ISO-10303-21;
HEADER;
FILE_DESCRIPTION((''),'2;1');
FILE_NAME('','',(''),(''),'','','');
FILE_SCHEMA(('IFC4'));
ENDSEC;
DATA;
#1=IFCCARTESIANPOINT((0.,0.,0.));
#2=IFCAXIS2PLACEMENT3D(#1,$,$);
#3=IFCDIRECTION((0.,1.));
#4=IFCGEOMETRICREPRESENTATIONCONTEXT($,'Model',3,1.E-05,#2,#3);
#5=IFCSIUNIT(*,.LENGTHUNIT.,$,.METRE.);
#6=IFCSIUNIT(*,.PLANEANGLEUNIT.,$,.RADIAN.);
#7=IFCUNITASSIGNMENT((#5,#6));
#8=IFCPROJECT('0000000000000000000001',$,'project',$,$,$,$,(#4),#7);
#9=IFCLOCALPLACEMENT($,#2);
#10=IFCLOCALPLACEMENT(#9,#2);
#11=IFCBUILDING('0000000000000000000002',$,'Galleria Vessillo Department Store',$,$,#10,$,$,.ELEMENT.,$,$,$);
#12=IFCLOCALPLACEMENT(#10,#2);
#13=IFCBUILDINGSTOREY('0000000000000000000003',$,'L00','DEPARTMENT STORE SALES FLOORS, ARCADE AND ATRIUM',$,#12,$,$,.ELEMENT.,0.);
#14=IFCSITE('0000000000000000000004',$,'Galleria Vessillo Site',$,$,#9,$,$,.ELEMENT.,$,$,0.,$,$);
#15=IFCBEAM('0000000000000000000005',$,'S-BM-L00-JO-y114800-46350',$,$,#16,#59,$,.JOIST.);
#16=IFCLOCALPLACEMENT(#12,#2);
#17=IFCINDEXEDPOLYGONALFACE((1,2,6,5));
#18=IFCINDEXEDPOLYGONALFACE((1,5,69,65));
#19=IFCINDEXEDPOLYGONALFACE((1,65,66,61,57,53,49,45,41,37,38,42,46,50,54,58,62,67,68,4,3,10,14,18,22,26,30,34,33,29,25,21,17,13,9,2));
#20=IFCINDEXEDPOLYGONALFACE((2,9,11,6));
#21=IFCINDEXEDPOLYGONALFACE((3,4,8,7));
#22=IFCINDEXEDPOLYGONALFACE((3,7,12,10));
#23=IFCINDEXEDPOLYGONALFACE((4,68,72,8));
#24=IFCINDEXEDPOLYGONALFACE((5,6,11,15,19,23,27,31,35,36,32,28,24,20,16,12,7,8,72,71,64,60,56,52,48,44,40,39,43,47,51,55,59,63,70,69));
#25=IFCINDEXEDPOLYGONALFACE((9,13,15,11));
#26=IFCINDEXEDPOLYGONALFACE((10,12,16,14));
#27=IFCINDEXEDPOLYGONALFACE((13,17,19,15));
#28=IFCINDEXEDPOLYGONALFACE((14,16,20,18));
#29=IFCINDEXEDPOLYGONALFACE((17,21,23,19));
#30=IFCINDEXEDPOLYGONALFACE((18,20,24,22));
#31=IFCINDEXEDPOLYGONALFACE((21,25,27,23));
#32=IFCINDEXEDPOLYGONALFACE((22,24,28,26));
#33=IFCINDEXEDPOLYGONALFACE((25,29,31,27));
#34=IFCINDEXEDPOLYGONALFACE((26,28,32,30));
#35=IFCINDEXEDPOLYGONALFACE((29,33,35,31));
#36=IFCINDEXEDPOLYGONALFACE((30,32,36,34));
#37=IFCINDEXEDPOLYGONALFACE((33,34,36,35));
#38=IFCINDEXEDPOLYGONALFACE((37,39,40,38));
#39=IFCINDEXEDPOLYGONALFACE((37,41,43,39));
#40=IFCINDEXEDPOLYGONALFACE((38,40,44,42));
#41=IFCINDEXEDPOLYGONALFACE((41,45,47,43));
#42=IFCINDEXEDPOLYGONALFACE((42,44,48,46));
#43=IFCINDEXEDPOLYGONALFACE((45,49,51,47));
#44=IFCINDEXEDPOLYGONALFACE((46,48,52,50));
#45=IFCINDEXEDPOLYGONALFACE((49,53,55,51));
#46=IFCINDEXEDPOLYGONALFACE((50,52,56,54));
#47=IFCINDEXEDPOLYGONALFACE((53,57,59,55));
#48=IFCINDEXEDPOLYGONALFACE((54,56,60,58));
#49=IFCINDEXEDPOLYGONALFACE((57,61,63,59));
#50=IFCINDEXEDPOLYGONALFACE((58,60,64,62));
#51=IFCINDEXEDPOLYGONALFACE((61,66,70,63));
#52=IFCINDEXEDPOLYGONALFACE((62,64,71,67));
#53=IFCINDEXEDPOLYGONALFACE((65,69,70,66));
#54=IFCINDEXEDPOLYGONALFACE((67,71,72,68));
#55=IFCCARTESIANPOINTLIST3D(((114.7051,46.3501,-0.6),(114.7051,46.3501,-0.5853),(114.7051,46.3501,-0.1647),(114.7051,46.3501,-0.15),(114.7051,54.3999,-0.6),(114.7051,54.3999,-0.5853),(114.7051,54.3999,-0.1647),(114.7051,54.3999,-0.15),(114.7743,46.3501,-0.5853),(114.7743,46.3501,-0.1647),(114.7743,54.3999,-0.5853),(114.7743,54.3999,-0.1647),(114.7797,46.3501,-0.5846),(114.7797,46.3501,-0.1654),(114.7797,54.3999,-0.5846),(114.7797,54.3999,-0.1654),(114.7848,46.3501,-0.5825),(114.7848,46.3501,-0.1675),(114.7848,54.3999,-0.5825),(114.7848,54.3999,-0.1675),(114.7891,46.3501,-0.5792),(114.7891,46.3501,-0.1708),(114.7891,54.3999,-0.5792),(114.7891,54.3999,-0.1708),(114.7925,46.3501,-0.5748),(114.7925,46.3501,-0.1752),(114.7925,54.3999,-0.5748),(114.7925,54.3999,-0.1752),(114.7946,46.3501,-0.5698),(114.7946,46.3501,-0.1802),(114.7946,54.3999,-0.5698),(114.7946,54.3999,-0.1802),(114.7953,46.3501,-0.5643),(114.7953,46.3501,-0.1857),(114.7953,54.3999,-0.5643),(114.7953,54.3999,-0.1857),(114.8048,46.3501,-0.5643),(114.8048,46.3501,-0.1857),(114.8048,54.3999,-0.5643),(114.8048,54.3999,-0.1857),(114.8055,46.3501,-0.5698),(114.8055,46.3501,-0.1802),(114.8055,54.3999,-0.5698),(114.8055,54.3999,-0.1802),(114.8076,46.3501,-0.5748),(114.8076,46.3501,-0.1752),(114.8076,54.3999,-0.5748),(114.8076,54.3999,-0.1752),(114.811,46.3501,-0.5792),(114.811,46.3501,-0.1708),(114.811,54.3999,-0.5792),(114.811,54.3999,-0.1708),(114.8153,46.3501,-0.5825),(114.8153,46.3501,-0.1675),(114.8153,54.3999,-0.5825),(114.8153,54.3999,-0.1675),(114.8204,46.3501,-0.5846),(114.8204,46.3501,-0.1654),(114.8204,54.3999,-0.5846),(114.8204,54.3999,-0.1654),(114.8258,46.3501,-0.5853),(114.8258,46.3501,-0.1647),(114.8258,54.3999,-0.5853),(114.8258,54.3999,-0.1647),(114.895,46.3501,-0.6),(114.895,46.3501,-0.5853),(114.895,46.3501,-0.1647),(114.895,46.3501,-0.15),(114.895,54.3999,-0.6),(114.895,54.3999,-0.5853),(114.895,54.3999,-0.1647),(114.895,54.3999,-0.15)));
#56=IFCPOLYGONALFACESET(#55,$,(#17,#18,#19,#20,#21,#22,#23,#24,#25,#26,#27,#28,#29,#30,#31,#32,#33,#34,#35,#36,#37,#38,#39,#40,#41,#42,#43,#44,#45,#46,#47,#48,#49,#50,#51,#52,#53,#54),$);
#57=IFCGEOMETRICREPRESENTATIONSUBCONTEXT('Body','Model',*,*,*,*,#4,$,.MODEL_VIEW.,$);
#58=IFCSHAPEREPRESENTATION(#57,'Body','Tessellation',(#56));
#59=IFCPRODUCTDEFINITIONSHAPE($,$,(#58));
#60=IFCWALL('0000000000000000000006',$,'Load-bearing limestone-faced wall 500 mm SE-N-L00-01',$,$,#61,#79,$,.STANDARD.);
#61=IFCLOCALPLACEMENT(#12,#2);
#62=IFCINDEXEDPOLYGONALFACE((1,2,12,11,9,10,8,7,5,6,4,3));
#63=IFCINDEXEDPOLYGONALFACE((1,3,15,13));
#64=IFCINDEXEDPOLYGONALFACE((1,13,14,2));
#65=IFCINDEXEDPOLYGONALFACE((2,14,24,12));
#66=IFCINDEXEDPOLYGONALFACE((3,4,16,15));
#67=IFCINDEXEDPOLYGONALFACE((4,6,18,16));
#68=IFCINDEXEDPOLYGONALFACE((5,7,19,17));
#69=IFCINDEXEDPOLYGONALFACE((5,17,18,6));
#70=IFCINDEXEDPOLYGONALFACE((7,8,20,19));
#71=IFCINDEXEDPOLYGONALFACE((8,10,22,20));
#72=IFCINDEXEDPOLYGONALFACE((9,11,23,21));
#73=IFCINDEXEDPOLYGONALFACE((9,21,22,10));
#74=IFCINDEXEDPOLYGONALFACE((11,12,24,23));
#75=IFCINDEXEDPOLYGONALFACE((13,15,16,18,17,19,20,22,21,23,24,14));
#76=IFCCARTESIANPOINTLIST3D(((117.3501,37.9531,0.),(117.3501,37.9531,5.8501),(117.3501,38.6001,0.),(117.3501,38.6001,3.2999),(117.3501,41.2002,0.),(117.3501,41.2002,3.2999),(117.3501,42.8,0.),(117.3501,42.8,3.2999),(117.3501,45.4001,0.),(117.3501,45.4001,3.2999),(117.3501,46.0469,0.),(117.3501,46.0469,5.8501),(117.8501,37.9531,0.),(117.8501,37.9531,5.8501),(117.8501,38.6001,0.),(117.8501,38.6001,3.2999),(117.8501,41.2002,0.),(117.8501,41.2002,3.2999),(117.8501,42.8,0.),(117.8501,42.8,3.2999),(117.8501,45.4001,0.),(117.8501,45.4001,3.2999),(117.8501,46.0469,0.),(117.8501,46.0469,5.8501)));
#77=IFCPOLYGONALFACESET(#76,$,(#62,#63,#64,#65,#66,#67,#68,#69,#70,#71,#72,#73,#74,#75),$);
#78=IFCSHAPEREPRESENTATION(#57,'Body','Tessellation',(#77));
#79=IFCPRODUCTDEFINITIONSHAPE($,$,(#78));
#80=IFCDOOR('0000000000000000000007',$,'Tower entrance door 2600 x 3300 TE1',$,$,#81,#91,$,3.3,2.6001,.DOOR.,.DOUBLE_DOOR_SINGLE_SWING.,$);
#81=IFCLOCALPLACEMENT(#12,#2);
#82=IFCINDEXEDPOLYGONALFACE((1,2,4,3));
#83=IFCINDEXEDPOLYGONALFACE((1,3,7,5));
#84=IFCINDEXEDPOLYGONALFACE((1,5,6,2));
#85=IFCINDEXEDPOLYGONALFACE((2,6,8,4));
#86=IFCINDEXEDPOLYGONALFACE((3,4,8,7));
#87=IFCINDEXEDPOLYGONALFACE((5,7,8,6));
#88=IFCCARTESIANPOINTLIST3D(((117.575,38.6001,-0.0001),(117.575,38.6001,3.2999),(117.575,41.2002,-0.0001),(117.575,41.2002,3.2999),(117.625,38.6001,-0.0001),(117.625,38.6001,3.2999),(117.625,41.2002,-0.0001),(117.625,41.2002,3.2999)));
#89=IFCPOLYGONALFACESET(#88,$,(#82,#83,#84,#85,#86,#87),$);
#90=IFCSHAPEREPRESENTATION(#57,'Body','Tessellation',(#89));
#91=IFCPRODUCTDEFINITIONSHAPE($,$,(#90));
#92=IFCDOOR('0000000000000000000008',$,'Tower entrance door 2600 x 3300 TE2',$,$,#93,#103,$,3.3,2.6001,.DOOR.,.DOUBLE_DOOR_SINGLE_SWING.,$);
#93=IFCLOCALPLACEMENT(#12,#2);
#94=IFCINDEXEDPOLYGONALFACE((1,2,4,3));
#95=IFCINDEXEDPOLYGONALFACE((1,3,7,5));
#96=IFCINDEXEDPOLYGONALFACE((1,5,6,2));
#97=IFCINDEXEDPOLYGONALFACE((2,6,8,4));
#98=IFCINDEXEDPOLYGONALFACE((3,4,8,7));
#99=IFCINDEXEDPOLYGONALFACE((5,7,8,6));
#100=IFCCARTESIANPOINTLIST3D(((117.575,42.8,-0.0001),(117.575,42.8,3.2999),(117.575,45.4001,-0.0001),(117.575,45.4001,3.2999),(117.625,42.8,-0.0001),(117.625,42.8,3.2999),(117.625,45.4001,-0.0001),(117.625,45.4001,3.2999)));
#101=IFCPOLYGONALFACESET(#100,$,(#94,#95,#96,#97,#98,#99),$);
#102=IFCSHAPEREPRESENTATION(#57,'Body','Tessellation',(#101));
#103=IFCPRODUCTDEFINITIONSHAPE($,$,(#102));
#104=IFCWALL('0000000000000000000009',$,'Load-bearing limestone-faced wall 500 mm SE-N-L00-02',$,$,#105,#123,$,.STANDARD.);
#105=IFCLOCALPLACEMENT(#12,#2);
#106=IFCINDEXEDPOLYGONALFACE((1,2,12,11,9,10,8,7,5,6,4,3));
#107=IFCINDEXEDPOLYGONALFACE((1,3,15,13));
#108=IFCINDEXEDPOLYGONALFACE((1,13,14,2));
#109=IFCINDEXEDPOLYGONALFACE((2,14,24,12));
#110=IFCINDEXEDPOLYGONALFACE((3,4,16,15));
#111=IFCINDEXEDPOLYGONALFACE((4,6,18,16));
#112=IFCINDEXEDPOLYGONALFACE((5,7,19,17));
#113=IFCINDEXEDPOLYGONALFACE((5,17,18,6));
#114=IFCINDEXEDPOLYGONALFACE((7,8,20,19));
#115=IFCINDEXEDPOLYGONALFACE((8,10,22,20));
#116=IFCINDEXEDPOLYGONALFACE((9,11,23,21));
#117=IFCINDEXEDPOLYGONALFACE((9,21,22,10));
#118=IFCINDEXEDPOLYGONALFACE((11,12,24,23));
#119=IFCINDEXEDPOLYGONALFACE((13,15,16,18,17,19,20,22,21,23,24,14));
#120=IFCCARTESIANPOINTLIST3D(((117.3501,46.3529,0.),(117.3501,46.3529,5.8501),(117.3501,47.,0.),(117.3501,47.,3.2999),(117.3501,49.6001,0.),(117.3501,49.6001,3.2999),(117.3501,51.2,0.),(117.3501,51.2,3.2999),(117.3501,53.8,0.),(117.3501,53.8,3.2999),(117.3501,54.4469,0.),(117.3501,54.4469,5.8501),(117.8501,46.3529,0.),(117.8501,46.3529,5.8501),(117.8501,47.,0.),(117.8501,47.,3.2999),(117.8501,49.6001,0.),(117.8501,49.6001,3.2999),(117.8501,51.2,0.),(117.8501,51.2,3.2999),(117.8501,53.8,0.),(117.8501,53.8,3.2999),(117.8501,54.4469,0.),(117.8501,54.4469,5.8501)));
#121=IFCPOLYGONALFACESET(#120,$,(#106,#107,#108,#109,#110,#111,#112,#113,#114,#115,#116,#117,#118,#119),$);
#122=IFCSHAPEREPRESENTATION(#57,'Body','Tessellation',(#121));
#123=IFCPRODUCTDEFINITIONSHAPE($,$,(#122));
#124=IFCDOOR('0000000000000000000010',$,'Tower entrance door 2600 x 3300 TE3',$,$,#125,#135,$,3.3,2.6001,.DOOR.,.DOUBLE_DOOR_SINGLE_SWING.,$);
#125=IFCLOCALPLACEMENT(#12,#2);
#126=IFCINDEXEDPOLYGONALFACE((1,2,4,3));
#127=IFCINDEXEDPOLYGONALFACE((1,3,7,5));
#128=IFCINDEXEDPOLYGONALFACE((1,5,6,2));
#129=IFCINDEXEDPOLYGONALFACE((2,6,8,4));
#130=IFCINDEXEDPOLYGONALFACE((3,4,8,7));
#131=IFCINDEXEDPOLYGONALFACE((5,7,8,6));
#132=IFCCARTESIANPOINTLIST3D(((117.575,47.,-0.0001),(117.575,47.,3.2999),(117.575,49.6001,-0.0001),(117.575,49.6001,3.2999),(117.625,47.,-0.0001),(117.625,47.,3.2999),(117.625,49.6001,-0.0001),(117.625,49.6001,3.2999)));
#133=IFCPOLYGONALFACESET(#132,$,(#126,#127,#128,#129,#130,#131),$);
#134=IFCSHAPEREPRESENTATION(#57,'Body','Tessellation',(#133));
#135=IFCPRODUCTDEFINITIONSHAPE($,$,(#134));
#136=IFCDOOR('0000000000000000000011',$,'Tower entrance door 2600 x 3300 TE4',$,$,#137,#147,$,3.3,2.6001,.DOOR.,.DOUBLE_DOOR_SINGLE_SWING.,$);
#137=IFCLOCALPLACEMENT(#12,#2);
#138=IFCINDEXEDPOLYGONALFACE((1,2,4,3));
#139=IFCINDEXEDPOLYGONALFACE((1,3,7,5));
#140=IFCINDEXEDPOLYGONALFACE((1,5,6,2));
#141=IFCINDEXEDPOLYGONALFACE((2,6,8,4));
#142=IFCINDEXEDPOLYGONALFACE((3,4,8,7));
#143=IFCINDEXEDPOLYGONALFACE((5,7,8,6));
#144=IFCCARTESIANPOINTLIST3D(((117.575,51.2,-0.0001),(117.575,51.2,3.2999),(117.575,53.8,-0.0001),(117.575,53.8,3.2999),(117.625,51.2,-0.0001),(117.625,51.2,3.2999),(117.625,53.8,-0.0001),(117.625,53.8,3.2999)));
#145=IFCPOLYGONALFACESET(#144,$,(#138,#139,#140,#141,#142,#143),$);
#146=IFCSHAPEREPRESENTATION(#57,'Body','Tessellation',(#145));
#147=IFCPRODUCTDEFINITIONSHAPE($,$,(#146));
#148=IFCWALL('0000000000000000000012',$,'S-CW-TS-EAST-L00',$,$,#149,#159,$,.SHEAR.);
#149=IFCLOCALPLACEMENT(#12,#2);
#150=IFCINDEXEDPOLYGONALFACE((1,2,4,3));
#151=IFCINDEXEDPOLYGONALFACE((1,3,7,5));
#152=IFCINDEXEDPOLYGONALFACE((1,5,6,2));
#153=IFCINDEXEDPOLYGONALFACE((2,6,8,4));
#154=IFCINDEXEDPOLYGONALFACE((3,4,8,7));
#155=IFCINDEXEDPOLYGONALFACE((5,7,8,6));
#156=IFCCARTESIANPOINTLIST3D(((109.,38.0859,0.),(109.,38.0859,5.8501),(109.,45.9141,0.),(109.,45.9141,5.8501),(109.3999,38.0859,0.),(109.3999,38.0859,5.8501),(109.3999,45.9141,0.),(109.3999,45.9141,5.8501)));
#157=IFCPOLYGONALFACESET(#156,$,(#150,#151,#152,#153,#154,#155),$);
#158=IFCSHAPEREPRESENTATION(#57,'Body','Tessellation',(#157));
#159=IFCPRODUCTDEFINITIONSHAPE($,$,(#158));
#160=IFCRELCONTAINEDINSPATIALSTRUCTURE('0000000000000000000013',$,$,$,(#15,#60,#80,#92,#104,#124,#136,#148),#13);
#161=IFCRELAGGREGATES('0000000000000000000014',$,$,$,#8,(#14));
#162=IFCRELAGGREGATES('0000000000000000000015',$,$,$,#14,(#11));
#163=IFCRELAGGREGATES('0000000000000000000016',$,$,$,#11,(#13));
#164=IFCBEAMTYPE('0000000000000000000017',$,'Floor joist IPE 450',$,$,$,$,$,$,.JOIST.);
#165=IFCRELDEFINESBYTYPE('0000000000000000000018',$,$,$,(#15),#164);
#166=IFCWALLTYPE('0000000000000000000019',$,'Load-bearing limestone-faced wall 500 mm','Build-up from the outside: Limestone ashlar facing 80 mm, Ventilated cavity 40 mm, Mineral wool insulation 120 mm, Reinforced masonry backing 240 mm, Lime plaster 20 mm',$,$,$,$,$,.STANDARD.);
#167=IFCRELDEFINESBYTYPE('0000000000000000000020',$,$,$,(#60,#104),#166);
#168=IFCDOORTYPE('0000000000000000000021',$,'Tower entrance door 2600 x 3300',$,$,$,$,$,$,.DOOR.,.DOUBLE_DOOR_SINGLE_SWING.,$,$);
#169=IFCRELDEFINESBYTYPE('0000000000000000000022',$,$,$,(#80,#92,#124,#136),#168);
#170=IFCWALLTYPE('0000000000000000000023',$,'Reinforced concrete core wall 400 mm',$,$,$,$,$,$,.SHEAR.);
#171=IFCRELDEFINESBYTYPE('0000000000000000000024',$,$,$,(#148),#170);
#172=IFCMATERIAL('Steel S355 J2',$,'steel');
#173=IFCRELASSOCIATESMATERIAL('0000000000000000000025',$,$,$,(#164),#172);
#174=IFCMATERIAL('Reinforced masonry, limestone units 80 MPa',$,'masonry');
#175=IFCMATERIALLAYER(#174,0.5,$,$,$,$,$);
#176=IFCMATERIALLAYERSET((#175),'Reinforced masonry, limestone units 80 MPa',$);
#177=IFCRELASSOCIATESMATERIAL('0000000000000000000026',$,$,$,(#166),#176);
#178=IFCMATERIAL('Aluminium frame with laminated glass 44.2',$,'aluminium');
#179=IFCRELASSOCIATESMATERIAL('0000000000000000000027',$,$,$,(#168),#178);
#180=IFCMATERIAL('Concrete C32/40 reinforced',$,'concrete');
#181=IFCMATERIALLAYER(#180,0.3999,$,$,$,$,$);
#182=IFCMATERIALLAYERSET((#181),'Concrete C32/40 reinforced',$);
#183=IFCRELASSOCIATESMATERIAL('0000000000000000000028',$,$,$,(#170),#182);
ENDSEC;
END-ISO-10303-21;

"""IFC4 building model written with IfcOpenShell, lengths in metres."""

from ifc_helpers import new_model, si_unit, direction, frame, frame_2d, origin, origin_2d, place, context, subcontext, project, spatial, rectangle, i_section, extrude, material, layer, layer_set, material_profile, profile_set, type_object, element, fill, save


model = new_model("IFC4")

# Units and contexts
model_context = context("Model", 3, precision=1e-05, world=origin(), true_north=direction((0.0, 1.0)))
body_context = subcontext(model_context, "Body", "Model", "MODEL_VIEW")
ifc_project = project(units=[si_unit("LENGTHUNIT", "METRE"), si_unit("PLANEANGLEUNIT", "RADIAN")], contexts=[model_context])

# Site, building, storey
site_placement = place(None, origin())
site = spatial("IfcSite", under=ifc_project, at=site_placement, Name="Galleria Vessillo Site", CompositionType="ELEMENT", RefElevation=0.0)
building_placement = place(site_placement, origin())
building = spatial("IfcBuilding", under=site, at=building_placement, Name="Galleria Vessillo Department Store", CompositionType="ELEMENT")
storey_placement = place(building_placement, origin())
storey = spatial("IfcBuildingStorey", under=building, at=storey_placement, Name="L00", Description="DEPARTMENT STORE SALES FLOORS, ARCADE AND ATRIUM", CompositionType="ELEMENT", Elevation=0.0)

# Beam
ifc_material_1 = material(Name="Steel S355 J2", Category="steel")
ifc_material_profile_1 = material_profile(ifc_material_1, i_section(OverallWidth=0.1899, OverallDepth=0.45, WebThickness=0.0095, FlangeThickness=0.0146, FilletRadius=0.021, at=origin_2d()), Name="IPE 450")
ifc_profile_set_1 = profile_set([ifc_material_profile_1], Name="Steel S355 J2")
beam_type_1 = type_object("IfcBeamType", Name="Floor joist IPE 450", PredefinedType="JOIST", material=ifc_profile_set_1)
for number, where, z_axis, x_axis, name in (
    (1, (114.8, 46.3501, -0.375), (0.0, 1.0, 0.0), (-1.0, 0.0, 0.0), "S-BM-L00-JO-y114800-46350"),
):
    element("IfcBeam", number, at=place(storey_placement, frame(where, z_axis=z_axis, x_axis=x_axis)), inside=storey, type_object=beam_type_1, Name=name, PredefinedType="JOIST", context=body_context, shape_type="SweptSolid", body=[
        extrude(i_section(OverallWidth=0.1899, OverallDepth=0.45, WebThickness=0.0095, FlangeThickness=0.0146, FilletRadius=0.021, at=origin_2d()), origin(), (0.0, 0.0, 1.0), 8.0498),
    ])

# Walls, openings, doors
ifc_material_2 = material(Name="Reinforced masonry, limestone units 80 MPa", Category="masonry")
ifc_layer_1 = layer(ifc_material_2, 0.5)
ifc_layer_set_1 = layer_set([ifc_layer_1], Name="Reinforced masonry, limestone units 80 MPa")
wall_type_1 = type_object("IfcWallType", Name="Load-bearing limestone-faced wall 500 mm", Description="Build-up from the outside: Limestone ashlar facing 80 mm, Ventilated cavity 40 mm, Mineral wool insulation 120 mm, Reinforced masonry backing 240 mm, Lime plaster 20 mm", PredefinedType="STANDARD", material=ifc_layer_set_1)
wall_1_placement = place(storey_placement, frame((117.6001, 37.9531, 0.0), z_axis=(0.0, 0.0, 1.0), x_axis=(0.0, 1.0, 0.0)))
wall_1 = element("IfcWall", 2, at=wall_1_placement, inside=storey, type_object=wall_type_1, Name="Load-bearing limestone-faced wall 500 mm SE-N-L00-01", PredefinedType="STANDARD", context=body_context, shape_type="SweptSolid", body=[
    extrude(rectangle(XDim=8.0938, YDim=0.5, at=frame_2d((4.0469, 0.0))), origin(), (0.0, 0.0, 1.0), 5.8501),
])
opening_1_placement = place(wall_1_placement, frame((0.647, 0.0, 0.0)))
opening_1 = element("IfcOpeningElement", 3, at=opening_1_placement, cuts=wall_1, PredefinedType="OPENING", context=body_context, shape_type="SweptSolid", body=[
    extrude(rectangle(XDim=2.6001, YDim=3.3, at=frame_2d((1.3, 1.6499))), frame((0.0, 0.26, 0.0), z_axis=(0.0, -1.0, 0.0), x_axis=(1.0, 0.0, 0.0)), (0.0, 0.0, 1.0), 0.52),
])
opening_2_placement = place(wall_1_placement, frame((4.8469, 0.0, 0.0)))
opening_2 = element("IfcOpeningElement", 4, at=opening_2_placement, cuts=wall_1, PredefinedType="OPENING", context=body_context, shape_type="SweptSolid", body=[
    extrude(rectangle(XDim=2.6001, YDim=3.3, at=frame_2d((1.3, 1.6499))), frame((0.0, 0.26, 0.0), z_axis=(0.0, -1.0, 0.0), x_axis=(1.0, 0.0, 0.0)), (0.0, 0.0, 1.0), 0.52),
])
ifc_material_3 = material(Name="Aluminium frame with laminated glass 44.2", Category="aluminium")
door_type_1 = type_object("IfcDoorType", Name="Tower entrance door 2600 x 3300", OperationType="DOUBLE_DOOR_SINGLE_SWING", PredefinedType="DOOR", material=ifc_material_3)
door_1_placement = place(opening_1_placement, frame((2.6001, 0.0, 0.0), z_axis=(0.0, 0.0, 1.0), x_axis=(-1.0, 0.0, 0.0)))
door_1 = element("IfcDoor", 5, at=door_1_placement, inside=storey, type_object=door_type_1, Name="Tower entrance door 2600 x 3300 TE1", OperationType="DOUBLE_DOOR_SINGLE_SWING", OverallHeight=3.3, OverallWidth=2.6001, PredefinedType="DOOR", context=body_context, shape_type="SweptSolid", body=[
    extrude(rectangle(XDim=2.6001, YDim=3.3, at=frame_2d((1.3, 1.6499))), frame((0.0, 0.0249, 0.0), z_axis=(0.0, -1.0, 0.0), x_axis=(1.0, 0.0, 0.0)), (0.0, 0.0, 1.0), 0.05),
])
fill(opening_1, door_1)
door_2_placement = place(opening_2_placement, frame((2.6001, 0.0, 0.0), z_axis=(0.0, 0.0, 1.0), x_axis=(-1.0, 0.0, 0.0)))
door_2 = element("IfcDoor", 6, at=door_2_placement, inside=storey, type_object=door_type_1, Name="Tower entrance door 2600 x 3300 TE2", OperationType="DOUBLE_DOOR_SINGLE_SWING", OverallHeight=3.3, OverallWidth=2.6001, PredefinedType="DOOR", context=body_context, shape_type="SweptSolid", body=[
    extrude(rectangle(XDim=2.6001, YDim=3.3, at=frame_2d((1.3, 1.6499))), frame((0.0, 0.0249, 0.0), z_axis=(0.0, -1.0, 0.0), x_axis=(1.0, 0.0, 0.0)), (0.0, 0.0, 1.0), 0.05),
])
fill(opening_2, door_2)
wall_2_placement = place(storey_placement, frame((117.6001, 46.353, 0.0), z_axis=(0.0, 0.0, 1.0), x_axis=(0.0, 1.0, 0.0)))
wall_2 = element("IfcWall", 7, at=wall_2_placement, inside=storey, type_object=wall_type_1, Name="Load-bearing limestone-faced wall 500 mm SE-N-L00-02", PredefinedType="STANDARD", context=body_context, shape_type="SweptSolid", body=[
    extrude(rectangle(XDim=8.094, YDim=0.5, at=frame_2d((4.0469, 0.0))), origin(), (0.0, 0.0, 1.0), 5.8501),
])
opening_3_placement = place(wall_2_placement, frame((0.647, 0.0, 0.0)))
opening_3 = element("IfcOpeningElement", 8, at=opening_3_placement, cuts=wall_2, PredefinedType="OPENING", context=body_context, shape_type="SweptSolid", body=[
    extrude(rectangle(XDim=2.6001, YDim=3.3, at=frame_2d((1.3, 1.6499))), frame((0.0, 0.26, 0.0), z_axis=(0.0, -1.0, 0.0), x_axis=(1.0, 0.0, 0.0)), (0.0, 0.0, 1.0), 0.52),
])
opening_4_placement = place(wall_2_placement, frame((4.8469, 0.0, 0.0)))
opening_4 = element("IfcOpeningElement", 9, at=opening_4_placement, cuts=wall_2, PredefinedType="OPENING", context=body_context, shape_type="SweptSolid", body=[
    extrude(rectangle(XDim=2.6001, YDim=3.3, at=frame_2d((1.3, 1.6499))), frame((0.0, 0.26, 0.0), z_axis=(0.0, -1.0, 0.0), x_axis=(1.0, 0.0, 0.0)), (0.0, 0.0, 1.0), 0.52),
])
door_3_placement = place(opening_3_placement, frame((2.6001, 0.0, 0.0), z_axis=(0.0, 0.0, 1.0), x_axis=(-1.0, 0.0, 0.0)))
door_3 = element("IfcDoor", 10, at=door_3_placement, inside=storey, type_object=door_type_1, Name="Tower entrance door 2600 x 3300 TE3", OperationType="DOUBLE_DOOR_SINGLE_SWING", OverallHeight=3.3, OverallWidth=2.6001, PredefinedType="DOOR", context=body_context, shape_type="SweptSolid", body=[
    extrude(rectangle(XDim=2.6001, YDim=3.3, at=frame_2d((1.3, 1.6499))), frame((0.0, 0.0249, 0.0), z_axis=(0.0, -1.0, 0.0), x_axis=(1.0, 0.0, 0.0)), (0.0, 0.0, 1.0), 0.05),
])
fill(opening_3, door_3)
door_4_placement = place(opening_4_placement, frame((2.6001, 0.0, 0.0), z_axis=(0.0, 0.0, 1.0), x_axis=(-1.0, 0.0, 0.0)))
door_4 = element("IfcDoor", 11, at=door_4_placement, inside=storey, type_object=door_type_1, Name="Tower entrance door 2600 x 3300 TE4", OperationType="DOUBLE_DOOR_SINGLE_SWING", OverallHeight=3.3, OverallWidth=2.6001, PredefinedType="DOOR", context=body_context, shape_type="SweptSolid", body=[
    extrude(rectangle(XDim=2.6001, YDim=3.3, at=frame_2d((1.3, 1.6499))), frame((0.0, 0.0249, 0.0), z_axis=(0.0, -1.0, 0.0), x_axis=(1.0, 0.0, 0.0)), (0.0, 0.0, 1.0), 0.05),
])
fill(opening_4, door_4)

# Wall
ifc_material_4 = material(Name="Concrete C32/40 reinforced", Category="concrete")
ifc_layer_2 = layer(ifc_material_4, 0.3999)
ifc_layer_set_2 = layer_set([ifc_layer_2], Name="Concrete C32/40 reinforced")
wall_type_2 = type_object("IfcWallType", Name="Reinforced concrete core wall 400 mm", PredefinedType="SHEAR", material=ifc_layer_set_2)
wall_3_placement = place(storey_placement, frame((109.2, 38.0859, 0.0), z_axis=(0.0, 0.0, 1.0), x_axis=(0.0, 1.0, 0.0)))
element("IfcWall", 12, at=wall_3_placement, inside=storey, type_object=wall_type_2, Name="S-CW-TS-EAST-L00", PredefinedType="SHEAR", context=body_context, shape_type="SweptSolid", body=[
    extrude(rectangle(XDim=7.8281, YDim=0.3999, at=frame_2d((3.9141, 0.0))), origin(), (0.0, 0.0, 1.0), 5.8501),
])

save(model, "model.ifc")
